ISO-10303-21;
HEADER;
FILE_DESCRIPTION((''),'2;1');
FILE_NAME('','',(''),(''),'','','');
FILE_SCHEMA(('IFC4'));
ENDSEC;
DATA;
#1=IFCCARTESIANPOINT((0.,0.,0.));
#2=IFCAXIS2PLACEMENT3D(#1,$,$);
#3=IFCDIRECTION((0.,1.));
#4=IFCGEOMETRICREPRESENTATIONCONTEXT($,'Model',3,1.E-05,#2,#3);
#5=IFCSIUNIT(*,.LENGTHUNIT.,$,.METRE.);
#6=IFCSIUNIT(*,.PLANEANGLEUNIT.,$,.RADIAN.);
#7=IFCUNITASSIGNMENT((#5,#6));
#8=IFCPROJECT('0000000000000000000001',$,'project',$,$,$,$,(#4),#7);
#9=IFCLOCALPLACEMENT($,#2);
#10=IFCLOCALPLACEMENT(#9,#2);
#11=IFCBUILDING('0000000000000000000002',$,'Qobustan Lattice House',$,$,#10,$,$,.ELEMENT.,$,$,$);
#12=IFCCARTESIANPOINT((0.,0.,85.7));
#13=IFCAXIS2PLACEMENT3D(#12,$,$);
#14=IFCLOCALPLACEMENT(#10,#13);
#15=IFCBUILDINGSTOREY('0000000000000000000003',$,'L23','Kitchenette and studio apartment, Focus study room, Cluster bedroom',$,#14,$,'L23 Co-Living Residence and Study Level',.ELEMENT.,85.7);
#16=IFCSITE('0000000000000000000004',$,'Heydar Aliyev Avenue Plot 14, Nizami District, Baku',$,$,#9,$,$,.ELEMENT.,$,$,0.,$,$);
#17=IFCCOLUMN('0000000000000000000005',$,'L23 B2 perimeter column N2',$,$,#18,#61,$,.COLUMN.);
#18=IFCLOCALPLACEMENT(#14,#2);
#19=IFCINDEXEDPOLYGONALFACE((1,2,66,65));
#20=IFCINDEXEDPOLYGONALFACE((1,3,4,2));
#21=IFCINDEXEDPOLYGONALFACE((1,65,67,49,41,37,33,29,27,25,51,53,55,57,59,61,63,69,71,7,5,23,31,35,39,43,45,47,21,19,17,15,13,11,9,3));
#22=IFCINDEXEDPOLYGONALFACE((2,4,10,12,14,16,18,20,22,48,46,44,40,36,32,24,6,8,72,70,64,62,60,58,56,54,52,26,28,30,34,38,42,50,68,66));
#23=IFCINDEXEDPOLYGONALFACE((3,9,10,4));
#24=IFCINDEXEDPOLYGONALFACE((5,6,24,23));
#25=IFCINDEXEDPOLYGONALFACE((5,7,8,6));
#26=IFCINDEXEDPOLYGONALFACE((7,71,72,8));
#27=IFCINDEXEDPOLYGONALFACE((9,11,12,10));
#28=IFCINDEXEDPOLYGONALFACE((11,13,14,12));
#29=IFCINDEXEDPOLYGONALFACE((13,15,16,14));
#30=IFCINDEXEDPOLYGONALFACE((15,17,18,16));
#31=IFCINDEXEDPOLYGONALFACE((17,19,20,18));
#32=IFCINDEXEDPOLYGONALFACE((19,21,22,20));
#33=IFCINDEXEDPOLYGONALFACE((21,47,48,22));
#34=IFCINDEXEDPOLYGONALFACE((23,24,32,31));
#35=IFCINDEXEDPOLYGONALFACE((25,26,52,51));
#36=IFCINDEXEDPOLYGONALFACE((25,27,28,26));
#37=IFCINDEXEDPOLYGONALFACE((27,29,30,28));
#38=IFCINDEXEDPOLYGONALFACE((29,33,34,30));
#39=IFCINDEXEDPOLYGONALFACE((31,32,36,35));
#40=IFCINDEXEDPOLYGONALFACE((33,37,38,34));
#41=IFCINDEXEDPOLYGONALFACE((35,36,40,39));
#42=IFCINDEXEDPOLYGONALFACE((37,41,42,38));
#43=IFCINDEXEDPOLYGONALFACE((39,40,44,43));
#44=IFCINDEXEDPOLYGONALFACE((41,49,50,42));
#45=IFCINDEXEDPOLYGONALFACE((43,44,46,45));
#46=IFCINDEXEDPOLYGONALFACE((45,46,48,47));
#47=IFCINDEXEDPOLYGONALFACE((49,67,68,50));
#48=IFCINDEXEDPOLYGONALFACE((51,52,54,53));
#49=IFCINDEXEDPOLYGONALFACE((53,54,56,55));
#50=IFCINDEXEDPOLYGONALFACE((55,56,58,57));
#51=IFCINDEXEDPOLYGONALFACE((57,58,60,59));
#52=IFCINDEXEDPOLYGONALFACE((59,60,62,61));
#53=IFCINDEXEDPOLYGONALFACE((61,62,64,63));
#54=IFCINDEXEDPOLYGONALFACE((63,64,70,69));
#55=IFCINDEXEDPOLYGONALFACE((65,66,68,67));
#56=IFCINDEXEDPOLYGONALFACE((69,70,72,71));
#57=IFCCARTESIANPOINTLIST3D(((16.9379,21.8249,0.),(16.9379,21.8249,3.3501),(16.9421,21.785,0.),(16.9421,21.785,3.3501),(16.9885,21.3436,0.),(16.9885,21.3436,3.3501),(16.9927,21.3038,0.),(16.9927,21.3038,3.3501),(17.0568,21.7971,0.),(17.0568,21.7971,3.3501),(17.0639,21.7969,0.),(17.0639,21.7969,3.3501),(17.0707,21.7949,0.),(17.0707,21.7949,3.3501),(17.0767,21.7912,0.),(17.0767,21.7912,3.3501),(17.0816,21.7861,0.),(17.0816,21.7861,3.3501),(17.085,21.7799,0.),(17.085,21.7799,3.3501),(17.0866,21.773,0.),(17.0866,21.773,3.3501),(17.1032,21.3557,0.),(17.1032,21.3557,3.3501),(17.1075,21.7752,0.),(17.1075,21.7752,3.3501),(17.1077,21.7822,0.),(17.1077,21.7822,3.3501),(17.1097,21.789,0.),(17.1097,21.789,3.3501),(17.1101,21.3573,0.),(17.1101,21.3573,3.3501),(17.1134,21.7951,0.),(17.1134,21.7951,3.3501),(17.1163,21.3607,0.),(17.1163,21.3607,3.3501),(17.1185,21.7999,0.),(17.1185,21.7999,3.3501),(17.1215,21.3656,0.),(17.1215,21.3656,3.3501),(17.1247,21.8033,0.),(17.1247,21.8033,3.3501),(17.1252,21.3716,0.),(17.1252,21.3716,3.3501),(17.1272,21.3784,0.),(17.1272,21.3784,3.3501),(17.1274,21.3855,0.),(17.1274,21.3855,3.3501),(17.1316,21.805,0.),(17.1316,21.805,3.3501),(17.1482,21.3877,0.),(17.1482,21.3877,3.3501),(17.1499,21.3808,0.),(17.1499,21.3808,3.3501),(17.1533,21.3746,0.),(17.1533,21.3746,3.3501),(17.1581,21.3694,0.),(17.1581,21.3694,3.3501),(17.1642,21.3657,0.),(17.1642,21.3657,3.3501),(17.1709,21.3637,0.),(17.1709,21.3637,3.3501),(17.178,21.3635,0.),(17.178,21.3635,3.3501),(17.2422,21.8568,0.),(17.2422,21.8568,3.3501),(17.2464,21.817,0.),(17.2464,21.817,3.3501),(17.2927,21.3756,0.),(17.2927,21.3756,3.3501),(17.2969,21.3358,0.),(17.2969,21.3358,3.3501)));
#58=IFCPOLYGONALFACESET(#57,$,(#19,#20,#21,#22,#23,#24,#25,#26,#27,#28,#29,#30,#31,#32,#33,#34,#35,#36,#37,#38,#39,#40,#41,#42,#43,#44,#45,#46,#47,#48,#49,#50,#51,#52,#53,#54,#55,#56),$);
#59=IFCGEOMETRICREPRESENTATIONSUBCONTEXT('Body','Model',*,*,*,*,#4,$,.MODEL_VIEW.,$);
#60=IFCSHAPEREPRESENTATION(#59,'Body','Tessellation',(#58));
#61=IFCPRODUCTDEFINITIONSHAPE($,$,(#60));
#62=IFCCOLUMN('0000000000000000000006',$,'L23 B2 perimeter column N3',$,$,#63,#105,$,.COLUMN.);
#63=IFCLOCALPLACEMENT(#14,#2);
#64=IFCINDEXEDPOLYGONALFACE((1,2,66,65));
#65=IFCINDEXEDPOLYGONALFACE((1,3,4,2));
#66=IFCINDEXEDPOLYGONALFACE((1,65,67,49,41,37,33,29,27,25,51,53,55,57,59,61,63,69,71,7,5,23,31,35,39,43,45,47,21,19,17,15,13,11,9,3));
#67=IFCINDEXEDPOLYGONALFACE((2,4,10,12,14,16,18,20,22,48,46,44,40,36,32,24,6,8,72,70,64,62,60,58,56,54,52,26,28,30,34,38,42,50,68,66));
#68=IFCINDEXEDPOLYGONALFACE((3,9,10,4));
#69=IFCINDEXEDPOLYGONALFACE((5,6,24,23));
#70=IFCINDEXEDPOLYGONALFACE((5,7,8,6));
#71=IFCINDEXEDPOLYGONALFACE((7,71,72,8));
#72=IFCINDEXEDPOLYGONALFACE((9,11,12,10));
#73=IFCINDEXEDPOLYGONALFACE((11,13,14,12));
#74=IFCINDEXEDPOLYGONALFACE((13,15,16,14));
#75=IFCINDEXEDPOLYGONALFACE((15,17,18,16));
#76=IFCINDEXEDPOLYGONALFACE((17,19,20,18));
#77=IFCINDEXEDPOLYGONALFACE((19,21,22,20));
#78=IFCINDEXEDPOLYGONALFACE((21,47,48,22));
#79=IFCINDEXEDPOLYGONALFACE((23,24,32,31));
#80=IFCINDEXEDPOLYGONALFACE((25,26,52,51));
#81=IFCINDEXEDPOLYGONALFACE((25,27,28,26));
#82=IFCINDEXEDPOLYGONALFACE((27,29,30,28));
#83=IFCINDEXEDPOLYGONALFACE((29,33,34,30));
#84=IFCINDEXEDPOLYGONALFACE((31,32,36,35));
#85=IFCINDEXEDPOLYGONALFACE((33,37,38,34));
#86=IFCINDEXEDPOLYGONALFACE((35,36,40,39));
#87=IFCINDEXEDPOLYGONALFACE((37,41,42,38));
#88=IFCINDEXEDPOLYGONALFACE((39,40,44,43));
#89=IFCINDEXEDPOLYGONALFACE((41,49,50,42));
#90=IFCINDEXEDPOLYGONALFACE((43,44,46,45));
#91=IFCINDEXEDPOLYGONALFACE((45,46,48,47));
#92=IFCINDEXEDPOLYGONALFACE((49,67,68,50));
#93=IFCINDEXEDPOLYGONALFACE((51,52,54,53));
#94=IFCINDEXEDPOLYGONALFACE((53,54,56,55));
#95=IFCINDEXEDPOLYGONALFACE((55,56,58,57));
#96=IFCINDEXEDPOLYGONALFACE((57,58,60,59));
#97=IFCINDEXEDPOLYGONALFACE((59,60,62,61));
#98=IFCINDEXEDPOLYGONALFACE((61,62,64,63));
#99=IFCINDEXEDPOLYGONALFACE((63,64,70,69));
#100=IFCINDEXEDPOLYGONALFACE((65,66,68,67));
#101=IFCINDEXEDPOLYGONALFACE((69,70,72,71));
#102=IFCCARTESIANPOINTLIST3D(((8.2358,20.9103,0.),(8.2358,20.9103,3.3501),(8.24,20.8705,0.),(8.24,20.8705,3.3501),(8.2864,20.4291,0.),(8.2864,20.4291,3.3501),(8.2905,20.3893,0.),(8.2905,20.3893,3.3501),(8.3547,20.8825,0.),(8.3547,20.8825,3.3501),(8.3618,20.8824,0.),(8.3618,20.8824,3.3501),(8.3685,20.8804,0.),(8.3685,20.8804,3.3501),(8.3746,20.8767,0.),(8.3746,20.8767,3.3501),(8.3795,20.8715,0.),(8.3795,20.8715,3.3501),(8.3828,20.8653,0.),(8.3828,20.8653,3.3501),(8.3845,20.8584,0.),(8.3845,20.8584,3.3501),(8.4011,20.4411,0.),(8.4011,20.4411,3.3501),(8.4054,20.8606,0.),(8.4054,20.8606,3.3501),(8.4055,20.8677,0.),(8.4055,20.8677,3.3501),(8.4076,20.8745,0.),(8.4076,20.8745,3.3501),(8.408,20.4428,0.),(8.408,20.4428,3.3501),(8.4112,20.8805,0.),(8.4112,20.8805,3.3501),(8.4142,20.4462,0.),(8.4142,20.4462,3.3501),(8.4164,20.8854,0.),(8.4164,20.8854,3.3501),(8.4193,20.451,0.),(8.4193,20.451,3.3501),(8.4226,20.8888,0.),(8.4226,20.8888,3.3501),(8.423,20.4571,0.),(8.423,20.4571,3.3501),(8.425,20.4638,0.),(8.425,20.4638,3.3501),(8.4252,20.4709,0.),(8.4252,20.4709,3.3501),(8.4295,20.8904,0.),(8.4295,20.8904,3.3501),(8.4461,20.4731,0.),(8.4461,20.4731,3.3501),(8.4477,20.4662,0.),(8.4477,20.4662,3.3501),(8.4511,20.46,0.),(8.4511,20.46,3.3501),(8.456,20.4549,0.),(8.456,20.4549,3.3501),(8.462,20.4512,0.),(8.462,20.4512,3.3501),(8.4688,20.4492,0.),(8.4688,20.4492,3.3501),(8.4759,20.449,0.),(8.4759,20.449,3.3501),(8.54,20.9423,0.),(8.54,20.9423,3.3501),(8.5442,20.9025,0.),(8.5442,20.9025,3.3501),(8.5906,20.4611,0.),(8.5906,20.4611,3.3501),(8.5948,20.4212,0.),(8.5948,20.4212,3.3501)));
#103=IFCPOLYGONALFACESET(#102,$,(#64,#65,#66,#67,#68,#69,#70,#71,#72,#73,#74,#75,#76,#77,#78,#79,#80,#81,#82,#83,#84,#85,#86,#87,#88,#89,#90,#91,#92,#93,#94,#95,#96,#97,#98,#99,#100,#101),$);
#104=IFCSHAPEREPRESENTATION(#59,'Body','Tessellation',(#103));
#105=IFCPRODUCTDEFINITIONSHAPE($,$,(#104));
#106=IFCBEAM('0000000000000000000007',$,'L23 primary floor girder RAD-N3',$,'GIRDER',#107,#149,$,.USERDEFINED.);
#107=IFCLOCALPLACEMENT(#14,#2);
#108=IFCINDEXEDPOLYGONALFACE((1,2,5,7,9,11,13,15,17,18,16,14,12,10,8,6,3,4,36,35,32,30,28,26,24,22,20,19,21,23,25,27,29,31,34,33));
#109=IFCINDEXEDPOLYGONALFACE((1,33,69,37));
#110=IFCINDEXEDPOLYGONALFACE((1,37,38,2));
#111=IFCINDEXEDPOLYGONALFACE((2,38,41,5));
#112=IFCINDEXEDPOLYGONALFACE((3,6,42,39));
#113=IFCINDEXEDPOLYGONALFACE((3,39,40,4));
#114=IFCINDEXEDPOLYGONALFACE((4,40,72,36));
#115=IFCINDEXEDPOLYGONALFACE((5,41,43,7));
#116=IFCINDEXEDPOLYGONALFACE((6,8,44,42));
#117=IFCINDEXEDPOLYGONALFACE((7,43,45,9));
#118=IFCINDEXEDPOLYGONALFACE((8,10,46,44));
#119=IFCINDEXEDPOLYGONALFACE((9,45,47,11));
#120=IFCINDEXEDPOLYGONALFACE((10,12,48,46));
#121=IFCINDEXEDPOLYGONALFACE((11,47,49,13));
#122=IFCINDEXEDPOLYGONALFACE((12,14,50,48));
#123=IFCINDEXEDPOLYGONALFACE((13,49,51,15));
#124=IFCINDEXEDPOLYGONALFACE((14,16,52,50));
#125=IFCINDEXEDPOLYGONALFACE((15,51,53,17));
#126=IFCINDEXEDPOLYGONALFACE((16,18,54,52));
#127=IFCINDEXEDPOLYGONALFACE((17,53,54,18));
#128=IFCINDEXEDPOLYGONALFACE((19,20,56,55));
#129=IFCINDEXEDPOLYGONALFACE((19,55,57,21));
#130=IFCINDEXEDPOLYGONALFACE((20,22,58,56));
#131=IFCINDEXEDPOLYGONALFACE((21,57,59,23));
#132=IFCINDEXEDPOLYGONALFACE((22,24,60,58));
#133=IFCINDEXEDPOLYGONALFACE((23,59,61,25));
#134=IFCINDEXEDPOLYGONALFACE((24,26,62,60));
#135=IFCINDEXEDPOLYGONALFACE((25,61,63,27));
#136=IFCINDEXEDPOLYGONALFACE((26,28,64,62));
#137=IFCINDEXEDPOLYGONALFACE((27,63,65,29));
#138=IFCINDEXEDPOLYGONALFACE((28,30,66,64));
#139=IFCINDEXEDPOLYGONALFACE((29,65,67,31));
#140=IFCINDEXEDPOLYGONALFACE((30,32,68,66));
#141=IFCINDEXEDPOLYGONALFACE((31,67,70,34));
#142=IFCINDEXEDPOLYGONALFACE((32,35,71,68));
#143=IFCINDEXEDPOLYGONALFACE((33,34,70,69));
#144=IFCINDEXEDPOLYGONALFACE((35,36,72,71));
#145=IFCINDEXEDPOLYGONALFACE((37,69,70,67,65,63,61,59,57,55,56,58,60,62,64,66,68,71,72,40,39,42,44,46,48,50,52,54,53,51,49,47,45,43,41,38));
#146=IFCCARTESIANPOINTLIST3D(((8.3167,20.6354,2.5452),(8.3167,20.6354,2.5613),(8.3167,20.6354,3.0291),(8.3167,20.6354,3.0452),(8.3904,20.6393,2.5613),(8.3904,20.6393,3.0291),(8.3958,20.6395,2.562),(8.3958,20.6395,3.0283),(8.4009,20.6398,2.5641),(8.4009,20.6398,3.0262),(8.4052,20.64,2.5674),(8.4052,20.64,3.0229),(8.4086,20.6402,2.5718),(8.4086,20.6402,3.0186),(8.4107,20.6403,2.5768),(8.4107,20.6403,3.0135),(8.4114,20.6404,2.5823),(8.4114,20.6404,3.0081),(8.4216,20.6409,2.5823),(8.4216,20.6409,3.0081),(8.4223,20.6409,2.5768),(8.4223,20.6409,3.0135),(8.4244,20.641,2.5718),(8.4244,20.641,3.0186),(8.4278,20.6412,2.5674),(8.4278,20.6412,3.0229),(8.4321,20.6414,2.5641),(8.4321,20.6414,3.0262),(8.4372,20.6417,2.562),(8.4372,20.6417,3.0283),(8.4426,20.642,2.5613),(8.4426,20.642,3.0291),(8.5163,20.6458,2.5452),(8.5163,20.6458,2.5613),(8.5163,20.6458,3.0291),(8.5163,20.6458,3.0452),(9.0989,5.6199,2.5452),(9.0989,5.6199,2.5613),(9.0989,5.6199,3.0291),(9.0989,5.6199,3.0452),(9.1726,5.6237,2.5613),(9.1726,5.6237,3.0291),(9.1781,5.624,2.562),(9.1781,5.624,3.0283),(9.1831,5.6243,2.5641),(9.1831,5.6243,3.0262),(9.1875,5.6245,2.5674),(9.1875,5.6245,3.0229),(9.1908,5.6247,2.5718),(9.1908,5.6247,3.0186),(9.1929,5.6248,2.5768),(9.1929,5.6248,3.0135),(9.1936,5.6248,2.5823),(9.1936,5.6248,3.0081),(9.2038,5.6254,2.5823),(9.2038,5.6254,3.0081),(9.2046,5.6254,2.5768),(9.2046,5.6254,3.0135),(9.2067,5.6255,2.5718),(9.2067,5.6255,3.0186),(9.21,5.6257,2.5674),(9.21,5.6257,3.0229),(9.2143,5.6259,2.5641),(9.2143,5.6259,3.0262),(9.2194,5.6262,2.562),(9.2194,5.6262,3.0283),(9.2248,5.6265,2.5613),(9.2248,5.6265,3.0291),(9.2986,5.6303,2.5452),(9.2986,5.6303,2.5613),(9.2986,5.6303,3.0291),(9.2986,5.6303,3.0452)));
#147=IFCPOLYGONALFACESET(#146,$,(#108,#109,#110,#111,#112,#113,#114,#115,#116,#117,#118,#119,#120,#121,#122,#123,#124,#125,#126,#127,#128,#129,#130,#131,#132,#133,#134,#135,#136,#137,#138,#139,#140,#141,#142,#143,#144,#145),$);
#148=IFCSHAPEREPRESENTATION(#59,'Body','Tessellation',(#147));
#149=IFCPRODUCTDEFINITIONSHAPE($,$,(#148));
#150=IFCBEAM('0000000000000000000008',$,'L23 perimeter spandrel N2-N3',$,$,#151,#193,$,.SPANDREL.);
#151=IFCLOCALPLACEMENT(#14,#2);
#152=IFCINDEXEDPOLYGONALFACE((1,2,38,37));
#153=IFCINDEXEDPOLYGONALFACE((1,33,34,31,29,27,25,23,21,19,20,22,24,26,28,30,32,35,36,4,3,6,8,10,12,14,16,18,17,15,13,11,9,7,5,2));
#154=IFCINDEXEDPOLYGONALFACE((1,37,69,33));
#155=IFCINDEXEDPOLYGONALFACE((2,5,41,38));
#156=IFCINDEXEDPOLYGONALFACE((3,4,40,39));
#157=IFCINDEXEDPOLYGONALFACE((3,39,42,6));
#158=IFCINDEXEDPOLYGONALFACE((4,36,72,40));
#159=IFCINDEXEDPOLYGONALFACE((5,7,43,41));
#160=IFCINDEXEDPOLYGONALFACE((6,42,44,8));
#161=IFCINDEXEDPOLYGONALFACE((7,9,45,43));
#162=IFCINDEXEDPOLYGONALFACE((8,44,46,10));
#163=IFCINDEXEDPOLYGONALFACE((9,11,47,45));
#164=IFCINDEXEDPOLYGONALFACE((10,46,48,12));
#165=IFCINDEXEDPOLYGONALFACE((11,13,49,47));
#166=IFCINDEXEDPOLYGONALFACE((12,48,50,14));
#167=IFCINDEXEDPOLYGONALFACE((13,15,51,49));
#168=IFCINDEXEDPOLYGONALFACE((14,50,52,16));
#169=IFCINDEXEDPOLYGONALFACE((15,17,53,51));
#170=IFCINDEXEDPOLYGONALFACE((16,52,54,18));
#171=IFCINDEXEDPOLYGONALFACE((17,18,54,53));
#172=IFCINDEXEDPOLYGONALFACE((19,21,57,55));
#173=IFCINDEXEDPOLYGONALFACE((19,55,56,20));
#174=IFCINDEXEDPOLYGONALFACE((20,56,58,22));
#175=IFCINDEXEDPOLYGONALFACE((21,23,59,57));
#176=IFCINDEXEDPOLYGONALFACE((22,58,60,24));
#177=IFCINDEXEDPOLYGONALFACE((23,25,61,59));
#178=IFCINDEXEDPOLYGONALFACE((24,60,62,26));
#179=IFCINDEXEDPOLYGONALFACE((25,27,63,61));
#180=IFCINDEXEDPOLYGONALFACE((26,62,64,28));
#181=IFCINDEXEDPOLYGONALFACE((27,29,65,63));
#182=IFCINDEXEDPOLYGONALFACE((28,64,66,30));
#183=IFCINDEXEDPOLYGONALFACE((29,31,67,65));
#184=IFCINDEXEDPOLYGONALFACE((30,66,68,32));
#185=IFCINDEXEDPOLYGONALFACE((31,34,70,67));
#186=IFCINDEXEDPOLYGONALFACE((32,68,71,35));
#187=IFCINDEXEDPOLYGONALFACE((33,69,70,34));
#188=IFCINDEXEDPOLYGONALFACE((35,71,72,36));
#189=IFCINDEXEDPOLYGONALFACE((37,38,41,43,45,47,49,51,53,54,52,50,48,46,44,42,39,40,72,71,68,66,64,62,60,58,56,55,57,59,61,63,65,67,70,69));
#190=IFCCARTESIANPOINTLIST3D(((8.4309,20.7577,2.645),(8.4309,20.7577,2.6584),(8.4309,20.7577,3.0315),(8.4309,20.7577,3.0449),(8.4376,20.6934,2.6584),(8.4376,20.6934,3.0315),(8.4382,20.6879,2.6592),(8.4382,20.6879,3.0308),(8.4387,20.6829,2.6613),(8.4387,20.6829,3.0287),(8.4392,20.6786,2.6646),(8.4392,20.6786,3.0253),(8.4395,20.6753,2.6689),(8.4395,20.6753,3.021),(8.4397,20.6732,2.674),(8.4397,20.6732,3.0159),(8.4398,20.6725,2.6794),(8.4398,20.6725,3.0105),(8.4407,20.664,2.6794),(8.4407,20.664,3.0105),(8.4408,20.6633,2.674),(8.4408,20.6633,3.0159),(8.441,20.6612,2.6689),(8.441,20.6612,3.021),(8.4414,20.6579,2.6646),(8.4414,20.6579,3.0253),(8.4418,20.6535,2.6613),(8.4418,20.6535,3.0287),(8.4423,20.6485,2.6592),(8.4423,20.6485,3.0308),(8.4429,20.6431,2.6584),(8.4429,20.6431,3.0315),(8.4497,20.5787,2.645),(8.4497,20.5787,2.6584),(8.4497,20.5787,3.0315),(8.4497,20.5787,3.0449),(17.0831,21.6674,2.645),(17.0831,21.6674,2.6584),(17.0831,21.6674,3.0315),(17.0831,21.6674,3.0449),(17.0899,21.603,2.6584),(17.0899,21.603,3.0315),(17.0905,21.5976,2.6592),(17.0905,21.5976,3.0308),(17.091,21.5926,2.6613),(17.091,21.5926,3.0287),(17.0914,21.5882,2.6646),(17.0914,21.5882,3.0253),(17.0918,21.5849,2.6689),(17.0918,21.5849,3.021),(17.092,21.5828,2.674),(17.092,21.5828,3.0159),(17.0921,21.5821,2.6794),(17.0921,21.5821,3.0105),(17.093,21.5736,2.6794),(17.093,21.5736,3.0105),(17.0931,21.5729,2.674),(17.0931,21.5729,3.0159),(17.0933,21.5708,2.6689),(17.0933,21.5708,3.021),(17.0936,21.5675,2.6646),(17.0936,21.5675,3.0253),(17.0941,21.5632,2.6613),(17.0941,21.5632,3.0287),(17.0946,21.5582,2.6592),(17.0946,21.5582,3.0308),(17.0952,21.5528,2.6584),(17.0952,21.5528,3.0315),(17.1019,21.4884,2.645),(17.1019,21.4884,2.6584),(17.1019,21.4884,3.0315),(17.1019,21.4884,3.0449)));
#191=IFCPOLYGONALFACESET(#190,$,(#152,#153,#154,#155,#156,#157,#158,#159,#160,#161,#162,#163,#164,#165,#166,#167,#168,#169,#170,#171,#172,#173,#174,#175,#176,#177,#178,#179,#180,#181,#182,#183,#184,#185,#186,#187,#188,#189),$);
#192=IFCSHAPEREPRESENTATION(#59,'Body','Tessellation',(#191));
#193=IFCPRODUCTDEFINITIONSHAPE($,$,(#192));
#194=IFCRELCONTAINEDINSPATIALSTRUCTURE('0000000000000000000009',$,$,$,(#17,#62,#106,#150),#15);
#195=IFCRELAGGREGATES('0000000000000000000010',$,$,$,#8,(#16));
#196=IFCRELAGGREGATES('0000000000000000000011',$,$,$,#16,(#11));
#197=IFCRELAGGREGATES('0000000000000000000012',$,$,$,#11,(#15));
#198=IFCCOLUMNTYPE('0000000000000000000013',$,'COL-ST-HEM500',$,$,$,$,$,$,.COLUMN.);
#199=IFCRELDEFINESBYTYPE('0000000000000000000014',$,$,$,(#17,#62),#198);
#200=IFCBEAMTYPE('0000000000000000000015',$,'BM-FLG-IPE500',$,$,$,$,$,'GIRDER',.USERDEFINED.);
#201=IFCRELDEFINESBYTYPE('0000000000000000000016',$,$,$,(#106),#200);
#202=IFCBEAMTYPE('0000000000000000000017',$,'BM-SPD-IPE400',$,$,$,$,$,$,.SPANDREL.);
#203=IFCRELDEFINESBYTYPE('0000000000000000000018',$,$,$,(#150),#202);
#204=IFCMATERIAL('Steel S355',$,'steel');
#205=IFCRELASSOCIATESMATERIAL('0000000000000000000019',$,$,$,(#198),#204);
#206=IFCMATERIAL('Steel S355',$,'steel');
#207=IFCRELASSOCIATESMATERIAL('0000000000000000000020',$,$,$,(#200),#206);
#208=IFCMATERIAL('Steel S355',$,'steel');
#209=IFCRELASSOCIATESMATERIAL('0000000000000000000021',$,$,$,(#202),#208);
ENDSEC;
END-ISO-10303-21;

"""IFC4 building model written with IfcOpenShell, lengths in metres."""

from ifc_helpers import new_model, si_unit, direction, frame, origin, origin_2d, place, context, subcontext, project, spatial, i_section, extrude, material, material_profile, profile_set, type_object, element, save


model = new_model("IFC4")

# Units and contexts
model_context = context("Model", 3, precision=1e-05, world=origin(), true_north=direction((0.0, 1.0)))
body_context = subcontext(model_context, "Body", "Model", "MODEL_VIEW")
ifc_project = project(units=[si_unit("LENGTHUNIT", "METRE"), si_unit("PLANEANGLEUNIT", "RADIAN")], contexts=[model_context])

# Site, building, storey
site_placement = place(None, origin())
site = spatial("IfcSite", under=ifc_project, at=site_placement, Name="Heydar Aliyev Avenue Plot 14, Nizami District, Baku", CompositionType="ELEMENT", RefElevation=0.0)
building_placement = place(site_placement, origin())
building = spatial("IfcBuilding", under=site, at=building_placement, Name="Qobustan Lattice House", CompositionType="ELEMENT")
storey_placement = place(building_placement, frame((0.0, 0.0, 85.7)))
storey = spatial("IfcBuildingStorey", under=building, at=storey_placement, Name="L23", Description="Kitchenette and studio apartment, Focus study room, Cluster bedroom", LongName="L23 Co-Living Residence and Study Level", CompositionType="ELEMENT", Elevation=85.7)

# Columns
ifc_material_1 = material(Name="Steel S355", Category="steel")
ifc_material_profile_1 = material_profile(ifc_material_1, i_section(OverallWidth=0.3059, OverallDepth=0.5239, WebThickness=0.021, FlangeThickness=0.04, FilletRadius=0.0271, at=origin_2d()), Name="HEM500")
ifc_profile_set_1 = profile_set([ifc_material_profile_1], Name="Steel S355")
column_type = type_object("IfcColumnType", Name="COL-ST-HEM500", PredefinedType="COLUMN", material=ifc_profile_set_1)
for number, where, z_axis, x_axis, name in (
    (1, (17.1174, 21.5803, 0.0), (0.0, 0.0, 1.0), (0.994522, 0.104528, 0.0), "L23 B2 perimeter column N2"),
    (2, (8.4153, 20.6658, 0.0), (0.0, 0.0, 1.0), (0.994522, 0.104528, 0.0), "L23 B2 perimeter column N3"),
):
    element("IfcColumn", number, at=place(storey_placement, frame(where, z_axis=z_axis, x_axis=x_axis)), inside=storey, type_object=column_type, Name=name, PredefinedType="COLUMN", context=body_context, shape_type="SweptSolid", body=[
        extrude(i_section(OverallWidth=0.3059, OverallDepth=0.5239, WebThickness=0.021, FlangeThickness=0.04, FilletRadius=0.0271, at=origin_2d()), origin(), (0.0, 0.0, 1.0), 3.3501),
    ])

# Beams
ifc_material_2 = material(Name="Steel S355", Category="steel")
ifc_material_profile_2 = material_profile(ifc_material_2, i_section(OverallWidth=0.2, OverallDepth=0.5, WebThickness=0.0103, FlangeThickness=0.0161, FilletRadius=0.021, at=origin_2d()), Name="IPE500")
ifc_profile_set_2 = profile_set([ifc_material_profile_2], Name="Steel S355")
beam_type_1 = type_object("IfcBeamType", Name="BM-FLG-IPE500", ElementType="GIRDER", PredefinedType="USERDEFINED", material=ifc_profile_set_2)
beam_1_placement = place(storey_placement, frame((8.4165, 20.6406, 2.7952), z_axis=(0.052024, -0.998646, 0.0), x_axis=(0.998646, 0.052024, 0.0)))
element("IfcBeam", 3, at=beam_1_placement, inside=storey, type_object=beam_type_1, Name="L23 primary floor girder RAD-N3", ObjectType="GIRDER", PredefinedType="USERDEFINED", context=body_context, shape_type="SweptSolid", body=[
    extrude(i_section(OverallWidth=0.2, OverallDepth=0.5, WebThickness=0.0103, FlangeThickness=0.0161, FilletRadius=0.021, at=origin_2d()), origin(), (0.0, 0.0, 1.0), 15.0359),
])
ifc_material_3 = material(Name="Steel S355", Category="steel")
ifc_material_profile_3 = material_profile(ifc_material_3, i_section(OverallWidth=0.1799, OverallDepth=0.3999, WebThickness=0.0085, FlangeThickness=0.0134, FilletRadius=0.021, at=origin_2d()), Name="IPE400")
ifc_profile_set_3 = profile_set([ifc_material_profile_3], Name="Steel S355")
beam_type_2 = type_object("IfcBeamType", Name="BM-SPD-IPE400", PredefinedType="SPANDREL", material=ifc_profile_set_3)
beam_2_placement = place(storey_placement, frame((17.0925, 21.5779, 2.845), z_axis=(-0.994519, -0.104559, 0.0), x_axis=(0.104559, -0.994519, 0.0)))
element("IfcBeam", 4, at=beam_2_placement, inside=storey, type_object=beam_type_2, Name="L23 perimeter spandrel N2-N3", PredefinedType="SPANDREL", context=body_context, shape_type="SweptSolid", body=[
    extrude(i_section(OverallWidth=0.1799, OverallDepth=0.3999, WebThickness=0.0085, FlangeThickness=0.0134, FilletRadius=0.021, at=origin_2d()), origin(), (0.0, 0.0, 1.0), 8.7),
])

save(model, "model.ifc")
